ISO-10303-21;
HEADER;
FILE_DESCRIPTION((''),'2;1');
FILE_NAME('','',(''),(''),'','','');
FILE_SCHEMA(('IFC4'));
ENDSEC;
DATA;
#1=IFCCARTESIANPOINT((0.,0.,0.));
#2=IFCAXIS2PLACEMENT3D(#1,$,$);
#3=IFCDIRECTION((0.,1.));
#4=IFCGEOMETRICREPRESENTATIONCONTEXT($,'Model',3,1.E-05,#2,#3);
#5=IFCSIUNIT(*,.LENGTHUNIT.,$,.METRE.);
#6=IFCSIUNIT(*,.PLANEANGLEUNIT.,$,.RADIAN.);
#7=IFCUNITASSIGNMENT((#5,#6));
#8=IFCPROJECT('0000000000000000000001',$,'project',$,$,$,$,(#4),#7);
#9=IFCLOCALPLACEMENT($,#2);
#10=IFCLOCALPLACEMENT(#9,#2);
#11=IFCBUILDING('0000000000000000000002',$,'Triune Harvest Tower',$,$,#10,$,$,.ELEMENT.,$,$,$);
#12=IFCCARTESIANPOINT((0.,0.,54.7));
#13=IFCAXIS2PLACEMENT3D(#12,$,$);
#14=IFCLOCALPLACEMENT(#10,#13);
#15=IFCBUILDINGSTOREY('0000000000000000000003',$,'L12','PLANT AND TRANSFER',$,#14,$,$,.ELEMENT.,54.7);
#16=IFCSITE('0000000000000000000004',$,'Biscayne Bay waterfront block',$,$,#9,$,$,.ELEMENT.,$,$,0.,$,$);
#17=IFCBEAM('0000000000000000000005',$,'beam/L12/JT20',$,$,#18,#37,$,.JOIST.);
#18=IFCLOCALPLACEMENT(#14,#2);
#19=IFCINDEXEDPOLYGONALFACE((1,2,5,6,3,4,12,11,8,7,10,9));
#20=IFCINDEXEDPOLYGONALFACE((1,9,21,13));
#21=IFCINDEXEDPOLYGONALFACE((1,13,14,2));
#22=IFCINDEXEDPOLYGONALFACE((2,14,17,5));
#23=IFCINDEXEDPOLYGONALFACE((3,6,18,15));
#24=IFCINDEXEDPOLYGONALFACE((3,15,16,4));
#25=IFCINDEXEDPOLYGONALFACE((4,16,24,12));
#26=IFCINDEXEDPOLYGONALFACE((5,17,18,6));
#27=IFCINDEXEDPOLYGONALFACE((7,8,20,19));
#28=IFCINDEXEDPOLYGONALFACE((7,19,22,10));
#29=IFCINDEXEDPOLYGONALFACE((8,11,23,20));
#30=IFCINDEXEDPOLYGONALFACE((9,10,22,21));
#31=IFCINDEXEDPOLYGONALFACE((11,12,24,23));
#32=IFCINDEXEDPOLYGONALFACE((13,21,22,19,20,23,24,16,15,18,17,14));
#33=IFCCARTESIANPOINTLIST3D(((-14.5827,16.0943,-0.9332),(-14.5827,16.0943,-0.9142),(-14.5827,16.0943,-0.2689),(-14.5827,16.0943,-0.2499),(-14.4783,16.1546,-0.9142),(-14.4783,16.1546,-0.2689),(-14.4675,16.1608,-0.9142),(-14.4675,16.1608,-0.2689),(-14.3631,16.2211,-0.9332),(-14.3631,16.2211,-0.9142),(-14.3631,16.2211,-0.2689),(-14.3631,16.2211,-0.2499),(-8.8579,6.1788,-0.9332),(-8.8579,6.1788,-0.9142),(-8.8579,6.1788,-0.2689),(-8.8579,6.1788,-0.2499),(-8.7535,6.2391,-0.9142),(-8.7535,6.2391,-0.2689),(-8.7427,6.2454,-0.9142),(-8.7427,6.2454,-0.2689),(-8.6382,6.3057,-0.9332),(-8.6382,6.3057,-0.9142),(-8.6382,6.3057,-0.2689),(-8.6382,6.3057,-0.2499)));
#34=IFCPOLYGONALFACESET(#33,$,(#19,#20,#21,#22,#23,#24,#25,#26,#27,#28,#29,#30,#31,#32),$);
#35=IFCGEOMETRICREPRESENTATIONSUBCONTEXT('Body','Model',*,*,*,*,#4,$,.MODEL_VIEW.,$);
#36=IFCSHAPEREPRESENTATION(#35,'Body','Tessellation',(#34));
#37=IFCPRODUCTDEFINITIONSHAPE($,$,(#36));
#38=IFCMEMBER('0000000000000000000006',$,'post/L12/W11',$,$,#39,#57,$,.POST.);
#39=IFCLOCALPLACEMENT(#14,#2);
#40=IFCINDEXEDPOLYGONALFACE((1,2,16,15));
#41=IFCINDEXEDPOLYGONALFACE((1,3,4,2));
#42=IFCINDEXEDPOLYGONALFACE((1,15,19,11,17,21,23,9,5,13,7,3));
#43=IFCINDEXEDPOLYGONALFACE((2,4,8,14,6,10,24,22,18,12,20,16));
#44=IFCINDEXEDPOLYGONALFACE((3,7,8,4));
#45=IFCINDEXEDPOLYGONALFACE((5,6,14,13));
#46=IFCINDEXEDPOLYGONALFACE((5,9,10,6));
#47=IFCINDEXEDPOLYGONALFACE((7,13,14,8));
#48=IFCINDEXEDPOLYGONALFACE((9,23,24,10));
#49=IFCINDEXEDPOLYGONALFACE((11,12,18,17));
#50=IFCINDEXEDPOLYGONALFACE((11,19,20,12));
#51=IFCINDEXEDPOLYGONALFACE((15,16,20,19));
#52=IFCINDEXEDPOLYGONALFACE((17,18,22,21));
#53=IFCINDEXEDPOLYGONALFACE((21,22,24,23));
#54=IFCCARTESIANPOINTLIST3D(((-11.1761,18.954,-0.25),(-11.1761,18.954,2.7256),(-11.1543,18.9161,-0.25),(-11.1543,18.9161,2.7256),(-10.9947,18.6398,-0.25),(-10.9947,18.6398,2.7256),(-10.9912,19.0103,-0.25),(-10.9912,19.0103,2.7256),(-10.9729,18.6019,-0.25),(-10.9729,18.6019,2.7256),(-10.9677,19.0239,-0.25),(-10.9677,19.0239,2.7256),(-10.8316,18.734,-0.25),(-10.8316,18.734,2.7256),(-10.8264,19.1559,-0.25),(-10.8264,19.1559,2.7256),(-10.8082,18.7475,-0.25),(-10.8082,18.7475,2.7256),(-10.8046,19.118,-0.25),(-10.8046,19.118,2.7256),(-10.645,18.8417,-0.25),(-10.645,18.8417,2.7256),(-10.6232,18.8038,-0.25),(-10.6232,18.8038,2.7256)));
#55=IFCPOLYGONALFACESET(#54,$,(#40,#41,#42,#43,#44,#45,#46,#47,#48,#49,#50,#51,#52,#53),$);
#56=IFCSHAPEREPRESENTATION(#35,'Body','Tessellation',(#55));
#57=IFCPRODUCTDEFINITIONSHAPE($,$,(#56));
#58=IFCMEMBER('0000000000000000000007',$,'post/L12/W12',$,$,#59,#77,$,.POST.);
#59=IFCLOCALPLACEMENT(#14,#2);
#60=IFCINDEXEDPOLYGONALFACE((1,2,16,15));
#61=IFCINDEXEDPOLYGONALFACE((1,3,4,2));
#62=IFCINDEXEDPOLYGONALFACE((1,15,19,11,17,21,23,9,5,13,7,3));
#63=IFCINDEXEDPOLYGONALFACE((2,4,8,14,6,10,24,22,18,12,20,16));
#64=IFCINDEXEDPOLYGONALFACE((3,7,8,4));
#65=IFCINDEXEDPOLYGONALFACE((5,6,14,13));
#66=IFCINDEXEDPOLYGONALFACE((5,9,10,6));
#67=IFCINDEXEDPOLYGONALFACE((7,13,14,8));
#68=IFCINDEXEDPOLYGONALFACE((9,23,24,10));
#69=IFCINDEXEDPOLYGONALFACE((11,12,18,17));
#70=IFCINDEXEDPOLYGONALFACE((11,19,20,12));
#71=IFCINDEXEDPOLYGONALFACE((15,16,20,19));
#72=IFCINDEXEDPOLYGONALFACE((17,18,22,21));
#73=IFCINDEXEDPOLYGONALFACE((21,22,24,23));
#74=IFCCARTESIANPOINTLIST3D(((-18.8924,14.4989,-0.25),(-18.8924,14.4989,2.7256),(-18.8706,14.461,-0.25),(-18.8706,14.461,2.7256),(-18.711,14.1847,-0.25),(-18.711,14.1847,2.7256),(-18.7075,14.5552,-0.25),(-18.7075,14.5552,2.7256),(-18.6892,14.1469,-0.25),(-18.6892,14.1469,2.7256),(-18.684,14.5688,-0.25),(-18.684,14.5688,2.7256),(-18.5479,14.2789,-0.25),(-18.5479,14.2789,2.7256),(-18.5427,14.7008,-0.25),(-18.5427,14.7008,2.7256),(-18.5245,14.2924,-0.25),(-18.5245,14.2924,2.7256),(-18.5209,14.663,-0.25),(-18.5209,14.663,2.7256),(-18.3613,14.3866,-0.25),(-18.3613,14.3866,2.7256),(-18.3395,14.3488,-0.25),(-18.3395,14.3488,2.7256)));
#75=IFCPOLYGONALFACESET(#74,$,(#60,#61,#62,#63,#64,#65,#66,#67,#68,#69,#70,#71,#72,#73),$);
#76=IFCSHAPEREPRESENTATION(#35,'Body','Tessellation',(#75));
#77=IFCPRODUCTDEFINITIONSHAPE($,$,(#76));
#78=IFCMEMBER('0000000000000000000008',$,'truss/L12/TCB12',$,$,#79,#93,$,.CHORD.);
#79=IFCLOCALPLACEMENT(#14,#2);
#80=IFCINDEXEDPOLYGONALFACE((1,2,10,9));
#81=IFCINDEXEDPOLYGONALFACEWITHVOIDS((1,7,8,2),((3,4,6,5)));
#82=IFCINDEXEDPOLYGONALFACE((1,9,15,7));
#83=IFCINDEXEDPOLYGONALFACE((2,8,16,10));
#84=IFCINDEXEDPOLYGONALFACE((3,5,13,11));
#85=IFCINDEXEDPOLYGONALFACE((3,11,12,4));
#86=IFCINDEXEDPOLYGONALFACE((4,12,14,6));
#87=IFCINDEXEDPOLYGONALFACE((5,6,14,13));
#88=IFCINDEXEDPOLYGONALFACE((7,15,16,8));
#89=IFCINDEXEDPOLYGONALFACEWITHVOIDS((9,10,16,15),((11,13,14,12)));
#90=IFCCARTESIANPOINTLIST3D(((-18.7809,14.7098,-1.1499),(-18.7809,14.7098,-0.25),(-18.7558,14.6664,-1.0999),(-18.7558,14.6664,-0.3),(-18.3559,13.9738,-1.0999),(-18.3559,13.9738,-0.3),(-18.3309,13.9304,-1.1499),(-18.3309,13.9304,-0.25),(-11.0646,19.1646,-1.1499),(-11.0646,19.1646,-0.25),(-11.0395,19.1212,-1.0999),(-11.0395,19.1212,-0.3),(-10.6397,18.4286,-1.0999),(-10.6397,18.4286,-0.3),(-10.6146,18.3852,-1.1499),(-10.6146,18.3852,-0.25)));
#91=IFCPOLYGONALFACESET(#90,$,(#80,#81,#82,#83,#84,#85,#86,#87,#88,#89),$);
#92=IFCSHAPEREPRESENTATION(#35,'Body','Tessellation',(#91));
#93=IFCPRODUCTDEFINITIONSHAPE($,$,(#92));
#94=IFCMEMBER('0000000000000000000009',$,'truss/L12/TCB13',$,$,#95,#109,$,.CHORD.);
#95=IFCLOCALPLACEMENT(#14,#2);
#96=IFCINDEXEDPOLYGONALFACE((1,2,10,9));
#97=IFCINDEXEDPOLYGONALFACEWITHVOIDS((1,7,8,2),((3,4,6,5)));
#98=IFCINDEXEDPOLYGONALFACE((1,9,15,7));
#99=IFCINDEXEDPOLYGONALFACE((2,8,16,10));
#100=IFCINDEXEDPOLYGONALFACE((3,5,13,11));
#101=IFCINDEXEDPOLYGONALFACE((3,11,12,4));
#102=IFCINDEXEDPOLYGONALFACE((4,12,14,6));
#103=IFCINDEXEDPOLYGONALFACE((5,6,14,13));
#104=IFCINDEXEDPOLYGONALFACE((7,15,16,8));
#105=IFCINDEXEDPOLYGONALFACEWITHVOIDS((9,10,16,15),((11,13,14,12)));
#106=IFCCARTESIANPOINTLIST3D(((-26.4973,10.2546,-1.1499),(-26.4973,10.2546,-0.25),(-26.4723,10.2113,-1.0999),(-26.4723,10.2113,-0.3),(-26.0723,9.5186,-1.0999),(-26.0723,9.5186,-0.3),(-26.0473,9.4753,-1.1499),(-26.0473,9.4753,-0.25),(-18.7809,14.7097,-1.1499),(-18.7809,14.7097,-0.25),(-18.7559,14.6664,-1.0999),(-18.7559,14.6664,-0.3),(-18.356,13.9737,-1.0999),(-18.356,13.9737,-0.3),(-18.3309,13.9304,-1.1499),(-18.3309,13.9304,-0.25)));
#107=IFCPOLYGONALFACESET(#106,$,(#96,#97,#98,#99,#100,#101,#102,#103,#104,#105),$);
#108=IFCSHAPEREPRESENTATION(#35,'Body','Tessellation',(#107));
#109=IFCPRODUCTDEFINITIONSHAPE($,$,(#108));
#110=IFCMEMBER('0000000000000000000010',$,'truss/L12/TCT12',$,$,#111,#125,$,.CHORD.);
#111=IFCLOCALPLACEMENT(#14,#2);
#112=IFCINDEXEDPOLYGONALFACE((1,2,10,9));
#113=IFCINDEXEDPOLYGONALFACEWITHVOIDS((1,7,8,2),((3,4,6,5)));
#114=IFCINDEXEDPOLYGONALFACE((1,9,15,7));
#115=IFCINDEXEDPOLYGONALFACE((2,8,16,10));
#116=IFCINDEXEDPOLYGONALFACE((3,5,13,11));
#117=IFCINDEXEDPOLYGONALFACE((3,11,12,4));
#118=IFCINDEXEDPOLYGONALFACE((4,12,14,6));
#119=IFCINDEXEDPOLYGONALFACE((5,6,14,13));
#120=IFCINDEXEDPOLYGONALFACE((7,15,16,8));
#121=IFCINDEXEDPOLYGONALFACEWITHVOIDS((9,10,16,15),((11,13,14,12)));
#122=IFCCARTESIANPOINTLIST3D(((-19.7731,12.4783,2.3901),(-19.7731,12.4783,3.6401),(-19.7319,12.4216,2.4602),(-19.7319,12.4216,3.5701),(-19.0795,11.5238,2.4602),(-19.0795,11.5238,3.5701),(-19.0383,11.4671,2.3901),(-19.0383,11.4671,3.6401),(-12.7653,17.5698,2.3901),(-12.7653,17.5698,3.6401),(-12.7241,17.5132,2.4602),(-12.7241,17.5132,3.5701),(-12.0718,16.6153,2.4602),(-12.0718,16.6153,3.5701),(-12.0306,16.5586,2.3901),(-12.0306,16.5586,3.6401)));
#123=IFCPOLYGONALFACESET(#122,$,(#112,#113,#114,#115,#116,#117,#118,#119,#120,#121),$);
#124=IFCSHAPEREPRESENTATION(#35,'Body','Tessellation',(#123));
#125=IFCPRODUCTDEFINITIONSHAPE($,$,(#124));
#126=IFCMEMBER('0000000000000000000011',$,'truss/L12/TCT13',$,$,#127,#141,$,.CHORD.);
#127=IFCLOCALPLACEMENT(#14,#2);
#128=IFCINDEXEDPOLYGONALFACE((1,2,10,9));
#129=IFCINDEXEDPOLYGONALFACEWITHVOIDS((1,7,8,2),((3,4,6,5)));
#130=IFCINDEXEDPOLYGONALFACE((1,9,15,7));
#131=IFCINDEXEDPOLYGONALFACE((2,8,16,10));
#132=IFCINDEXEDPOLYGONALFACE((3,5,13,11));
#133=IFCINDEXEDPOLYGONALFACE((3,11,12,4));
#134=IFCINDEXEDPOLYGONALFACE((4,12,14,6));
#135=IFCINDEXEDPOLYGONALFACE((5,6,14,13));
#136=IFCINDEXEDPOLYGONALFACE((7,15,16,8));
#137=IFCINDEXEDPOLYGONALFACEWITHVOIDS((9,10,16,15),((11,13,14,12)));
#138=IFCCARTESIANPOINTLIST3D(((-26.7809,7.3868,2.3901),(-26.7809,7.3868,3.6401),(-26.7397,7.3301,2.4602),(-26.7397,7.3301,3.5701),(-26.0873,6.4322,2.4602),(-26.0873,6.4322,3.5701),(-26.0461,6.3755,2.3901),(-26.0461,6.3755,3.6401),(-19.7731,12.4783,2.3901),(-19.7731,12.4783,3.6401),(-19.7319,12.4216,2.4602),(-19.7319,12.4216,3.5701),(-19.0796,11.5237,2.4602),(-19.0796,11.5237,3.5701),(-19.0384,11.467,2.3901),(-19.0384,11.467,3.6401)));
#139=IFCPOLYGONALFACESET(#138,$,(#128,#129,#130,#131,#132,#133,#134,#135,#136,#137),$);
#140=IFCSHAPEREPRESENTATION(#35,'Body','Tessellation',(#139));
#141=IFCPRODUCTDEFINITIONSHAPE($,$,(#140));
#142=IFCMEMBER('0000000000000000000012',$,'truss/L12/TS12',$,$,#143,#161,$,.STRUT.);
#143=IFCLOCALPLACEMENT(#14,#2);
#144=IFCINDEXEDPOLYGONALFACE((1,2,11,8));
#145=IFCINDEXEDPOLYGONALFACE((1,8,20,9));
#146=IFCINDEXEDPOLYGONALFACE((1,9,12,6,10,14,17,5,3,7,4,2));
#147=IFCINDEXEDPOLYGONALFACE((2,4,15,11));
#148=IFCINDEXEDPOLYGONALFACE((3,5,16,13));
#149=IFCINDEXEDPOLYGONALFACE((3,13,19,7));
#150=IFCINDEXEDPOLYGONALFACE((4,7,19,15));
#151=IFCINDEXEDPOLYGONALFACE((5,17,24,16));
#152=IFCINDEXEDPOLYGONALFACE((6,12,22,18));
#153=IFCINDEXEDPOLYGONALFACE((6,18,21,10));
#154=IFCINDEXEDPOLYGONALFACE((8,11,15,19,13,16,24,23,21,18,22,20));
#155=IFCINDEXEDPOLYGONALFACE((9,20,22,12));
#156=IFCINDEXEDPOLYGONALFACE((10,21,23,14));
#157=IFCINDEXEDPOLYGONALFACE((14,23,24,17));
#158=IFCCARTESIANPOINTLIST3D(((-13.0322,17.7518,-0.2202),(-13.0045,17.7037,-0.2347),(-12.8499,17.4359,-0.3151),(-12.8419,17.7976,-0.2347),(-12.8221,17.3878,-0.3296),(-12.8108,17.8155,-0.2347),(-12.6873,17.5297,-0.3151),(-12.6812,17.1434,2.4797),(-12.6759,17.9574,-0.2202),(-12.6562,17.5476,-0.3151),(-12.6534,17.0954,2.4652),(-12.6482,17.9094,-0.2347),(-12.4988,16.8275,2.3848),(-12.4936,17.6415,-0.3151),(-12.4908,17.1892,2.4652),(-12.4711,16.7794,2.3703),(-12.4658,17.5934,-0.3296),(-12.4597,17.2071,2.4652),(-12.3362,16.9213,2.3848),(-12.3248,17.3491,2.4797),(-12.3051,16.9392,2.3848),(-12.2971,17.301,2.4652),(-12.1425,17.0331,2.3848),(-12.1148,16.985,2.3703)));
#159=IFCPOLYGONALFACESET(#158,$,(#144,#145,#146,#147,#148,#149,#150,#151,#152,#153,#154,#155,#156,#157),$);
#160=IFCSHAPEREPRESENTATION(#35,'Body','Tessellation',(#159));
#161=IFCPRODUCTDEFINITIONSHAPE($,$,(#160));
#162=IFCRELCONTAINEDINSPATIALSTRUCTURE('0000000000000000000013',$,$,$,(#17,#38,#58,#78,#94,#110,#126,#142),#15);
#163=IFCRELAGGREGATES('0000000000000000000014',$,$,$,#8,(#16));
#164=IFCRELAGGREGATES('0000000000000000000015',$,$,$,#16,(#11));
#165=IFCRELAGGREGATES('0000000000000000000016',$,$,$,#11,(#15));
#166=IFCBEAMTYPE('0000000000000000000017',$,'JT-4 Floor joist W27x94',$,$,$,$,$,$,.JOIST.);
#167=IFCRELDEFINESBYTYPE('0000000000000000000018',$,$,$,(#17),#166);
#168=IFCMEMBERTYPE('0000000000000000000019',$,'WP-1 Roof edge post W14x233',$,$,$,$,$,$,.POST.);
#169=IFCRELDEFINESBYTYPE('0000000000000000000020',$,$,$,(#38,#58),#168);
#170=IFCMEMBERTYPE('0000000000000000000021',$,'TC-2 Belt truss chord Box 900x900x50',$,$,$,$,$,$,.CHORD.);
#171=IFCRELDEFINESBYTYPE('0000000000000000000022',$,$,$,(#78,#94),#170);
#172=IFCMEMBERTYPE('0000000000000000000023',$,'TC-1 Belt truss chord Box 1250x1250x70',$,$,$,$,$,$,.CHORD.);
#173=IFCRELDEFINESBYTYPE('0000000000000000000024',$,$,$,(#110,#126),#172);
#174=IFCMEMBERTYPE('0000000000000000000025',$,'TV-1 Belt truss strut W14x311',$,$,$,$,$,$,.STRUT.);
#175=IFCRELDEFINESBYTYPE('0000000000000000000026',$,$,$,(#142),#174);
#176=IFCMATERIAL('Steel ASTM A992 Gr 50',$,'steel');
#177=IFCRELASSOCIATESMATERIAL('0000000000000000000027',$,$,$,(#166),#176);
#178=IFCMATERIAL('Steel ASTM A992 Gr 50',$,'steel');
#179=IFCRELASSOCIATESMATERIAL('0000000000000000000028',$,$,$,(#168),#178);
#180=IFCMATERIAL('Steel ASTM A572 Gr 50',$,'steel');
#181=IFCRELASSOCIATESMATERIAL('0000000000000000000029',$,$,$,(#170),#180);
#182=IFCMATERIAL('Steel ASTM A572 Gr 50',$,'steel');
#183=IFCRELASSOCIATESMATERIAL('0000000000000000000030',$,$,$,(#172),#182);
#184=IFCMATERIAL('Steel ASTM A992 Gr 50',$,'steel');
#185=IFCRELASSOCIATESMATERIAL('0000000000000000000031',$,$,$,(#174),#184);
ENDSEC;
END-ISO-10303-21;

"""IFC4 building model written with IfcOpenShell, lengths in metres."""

from ifc_helpers import new_model, si_unit, direction, frame, origin, origin_2d, place, context, subcontext, project, spatial, hollow_rectangle, i_section, extrude, source, transform, mapped, material, material_profile, profile_set, type_object, element, save


model = new_model("IFC4")

# Units and contexts
model_context = context("Model", 3, precision=1e-05, world=origin(), true_north=direction((0.0, 1.0)))
body_context = subcontext(model_context, "Body", "Model", "MODEL_VIEW")
ifc_project = project(units=[si_unit("LENGTHUNIT", "METRE"), si_unit("PLANEANGLEUNIT", "RADIAN")], contexts=[model_context])

# Site, building, storey
site_placement = place(None, origin())
site = spatial("IfcSite", under=ifc_project, at=site_placement, Name="Biscayne Bay waterfront block", CompositionType="ELEMENT", RefElevation=0.0)
building_placement = place(site_placement, origin())
building = spatial("IfcBuilding", under=site, at=building_placement, Name="Triune Harvest Tower", CompositionType="ELEMENT")
storey_placement = place(building_placement, frame((0.0, 0.0, 54.7)))
storey = spatial("IfcBuildingStorey", under=building, at=storey_placement, Name="L12", Description="PLANT AND TRANSFER", CompositionType="ELEMENT", Elevation=54.7)

# Beam
ifc_material_1 = material(Name="Steel ASTM A992 Gr 50", Category="steel")
ifc_material_profile_1 = material_profile(ifc_material_1, i_section(OverallWidth=0.2537, OverallDepth=0.6833, WebThickness=0.0125, FlangeThickness=0.019, at=origin_2d()), Name="W27x94")
ifc_profile_set_1 = profile_set([ifc_material_profile_1], Name="Steel ASTM A992 Gr 50")
beam_type_1 = type_object("IfcBeamType", Name="JT-4 Floor joist W27x94", PredefinedType="JOIST", material=ifc_profile_set_1)
shared_shape_1 = source(origin(), body_context, "Body", "SweptSolid", [
    extrude(i_section(OverallWidth=0.2537, OverallDepth=0.6833, WebThickness=0.0125, FlangeThickness=0.019, at=origin_2d()), origin(), (0.0, 0.0, 1.0), 11.4495),
])
beam_1_placement = place(storey_placement, frame((-14.4729, 16.1577, -0.5916), z_axis=(0.500008, -0.866021, 0.0), x_axis=(0.866021, 0.500008, 0.0)))
element("IfcBeam", 1, at=beam_1_placement, inside=storey, type_object=beam_type_1, Name="beam/L12/JT20", PredefinedType="JOIST", context=body_context, shape_type="MappedRepresentation", body=[
    mapped(shared_shape_1, transform((0.0, 0.0, 0.0), scale=1.0)),
])

# Members
ifc_material_2 = material(Name="Steel ASTM A992 Gr 50", Category="steel")
ifc_material_profile_2 = material_profile(ifc_material_2, i_section(OverallWidth=0.4038, OverallDepth=0.4065, WebThickness=0.0271, FlangeThickness=0.0437, at=origin_2d()), Name="W14x233")
ifc_profile_set_2 = profile_set([ifc_material_profile_2], Name="Steel ASTM A992 Gr 50")
member_type_1 = type_object("IfcMemberType", Name="WP-1 Roof edge post W14x233", PredefinedType="POST", material=ifc_profile_set_2)
shared_shape_2 = source(origin(), body_context, "Body", "SweptSolid", [
    extrude(i_section(OverallWidth=0.4038, OverallDepth=0.4065, WebThickness=0.0271, FlangeThickness=0.0437, at=origin_2d()), origin(), (0.0, 0.0, 1.0), 2.9756),
])
for number, where, z_axis, x_axis, name in (
    (2, (-10.8997, 18.8789, -0.25), (0.0, 0.0, 1.0), (-0.866025, -0.5, 0.0), "post/L12/W11"),
    (3, (-18.616, 14.4238, -0.25), (0.0, 0.0, 1.0), (-0.866025, -0.5, 0.0), "post/L12/W12"),
):
    element("IfcMember", number, at=place(storey_placement, frame(where, z_axis=z_axis, x_axis=x_axis)), inside=storey, type_object=member_type_1, Name=name, PredefinedType="POST", context=body_context, shape_type="MappedRepresentation", body=[
        mapped(shared_shape_2, transform((0.0, 0.0, 0.0), scale=1.0)),
    ])
ifc_material_3 = material(Name="Steel ASTM A572 Gr 50", Category="steel")
ifc_material_profile_3 = material_profile(ifc_material_3, hollow_rectangle(XDim=0.8999, YDim=0.8999, WallThickness=0.05, at=origin_2d()), Name="Box 900x900x50")
ifc_profile_set_3 = profile_set([ifc_material_profile_3], Name="Steel ASTM A572 Gr 50")
member_type_2 = type_object("IfcMemberType", Name="TC-2 Belt truss chord Box 900x900x50", PredefinedType="CHORD", material=ifc_profile_set_3)
shared_shape_3 = source(origin(), body_context, "Body", "SweptSolid", [
    extrude(hollow_rectangle(XDim=0.8999, YDim=0.8999, WallThickness=0.05, at=origin_2d()), origin(), (0.0, 0.0, 1.0), 8.9099),
])
member_1_placement = place(storey_placement, frame((-10.8396, 18.7749, -0.7), z_axis=(-0.866034, -0.499985, 0.0), x_axis=(0.499985, -0.866034, 0.0)))
element("IfcMember", 4, at=member_1_placement, inside=storey, type_object=member_type_2, Name="truss/L12/TCB12", PredefinedType="CHORD", context=body_context, shape_type="MappedRepresentation", body=[
    mapped(shared_shape_3, transform((0.0, 0.0, 0.0), scale=1.0)),
])
shared_shape_4 = source(origin(), body_context, "Body", "SweptSolid", [
    extrude(hollow_rectangle(XDim=0.8999, YDim=0.8999, WallThickness=0.05, at=origin_2d()), origin(), (0.0, 0.0, 1.0), 8.9102),
])
member_2_placement = place(storey_placement, frame((-18.5559, 14.3201, -0.7), z_axis=(-0.866022, -0.500005, 0.0), x_axis=(0.500005, -0.866022, 0.0)))
element("IfcMember", 5, at=member_2_placement, inside=storey, type_object=member_type_2, Name="truss/L12/TCB13", PredefinedType="CHORD", context=body_context, shape_type="MappedRepresentation", body=[
    mapped(shared_shape_4, transform((0.0, 0.0, 0.0), scale=1.0)),
])
ifc_material_4 = material(Name="Steel ASTM A572 Gr 50", Category="steel")
ifc_material_profile_4 = material_profile(ifc_material_4, hollow_rectangle(XDim=1.25, YDim=1.25, WallThickness=0.0701, at=origin_2d()), Name="Box 1250x1250x70")
ifc_profile_set_4 = profile_set([ifc_material_profile_4], Name="Steel ASTM A572 Gr 50")
member_type_3 = type_object("IfcMemberType", Name="TC-1 Belt truss chord Box 1250x1250x70", PredefinedType="CHORD", material=ifc_profile_set_4)
shared_shape_5 = source(origin(), body_context, "Body", "SweptSolid", [
    extrude(hollow_rectangle(XDim=1.25, YDim=1.25, WallThickness=0.0701, at=origin_2d()), origin(), (0.0, 0.0, 1.0), 8.6621),
])
for number, where, z_axis, x_axis, name in (
    (6, (-12.3979, 17.0642, 3.0151), (-0.809013, -0.587791, 0.0), (0.587791, -0.809013, 0.0), "truss/L12/TCT12"),
    (7, (-19.4058, 11.9727, 3.0151), (-0.809013, -0.587791, 0.0), (0.587791, -0.809013, 0.0), "truss/L12/TCT13"),
):
    element("IfcMember", number, at=place(storey_placement, frame(where, z_axis=z_axis, x_axis=x_axis)), inside=storey, type_object=member_type_3, Name=name, PredefinedType="CHORD", context=body_context, shape_type="MappedRepresentation", body=[
        mapped(shared_shape_5, transform((0.0, 0.0, 0.0), scale=1.0)),
    ])
ifc_material_5 = material(Name="Steel ASTM A992 Gr 50", Category="steel")
ifc_material_profile_5 = material_profile(ifc_material_5, i_section(OverallWidth=0.4114, OverallDepth=0.4343, WebThickness=0.0359, FlangeThickness=0.0574, at=origin_2d()), Name="W14x311")
ifc_profile_set_5 = profile_set([ifc_material_profile_5], Name="Steel ASTM A992 Gr 50")
member_type_4 = type_object("IfcMemberType", Name="TV-1 Belt truss strut W14x311", PredefinedType="STRUT", material=ifc_profile_set_5)
shared_shape_6 = source(origin(), body_context, "Body", "SweptSolid", [
    extrude(i_section(OverallWidth=0.4114, OverallDepth=0.4343, WebThickness=0.0359, FlangeThickness=0.0574, at=origin_2d()), origin(), (0.0, 0.0, 1.0), 2.7898),
])
member_3_placement = place(storey_placement, frame((-12.749, 17.6726, -0.2749), z_axis=(0.125841, -0.218077, 0.967784), x_axis=(0.866139, 0.499803, 0.0)))
element("IfcMember", 8, at=member_3_placement, inside=storey, type_object=member_type_4, Name="truss/L12/TS12", PredefinedType="STRUT", context=body_context, shape_type="MappedRepresentation", body=[
    mapped(shared_shape_6, transform((0.0, 0.0, 0.0), scale=1.0)),
])

save(model, "model.ifc")
